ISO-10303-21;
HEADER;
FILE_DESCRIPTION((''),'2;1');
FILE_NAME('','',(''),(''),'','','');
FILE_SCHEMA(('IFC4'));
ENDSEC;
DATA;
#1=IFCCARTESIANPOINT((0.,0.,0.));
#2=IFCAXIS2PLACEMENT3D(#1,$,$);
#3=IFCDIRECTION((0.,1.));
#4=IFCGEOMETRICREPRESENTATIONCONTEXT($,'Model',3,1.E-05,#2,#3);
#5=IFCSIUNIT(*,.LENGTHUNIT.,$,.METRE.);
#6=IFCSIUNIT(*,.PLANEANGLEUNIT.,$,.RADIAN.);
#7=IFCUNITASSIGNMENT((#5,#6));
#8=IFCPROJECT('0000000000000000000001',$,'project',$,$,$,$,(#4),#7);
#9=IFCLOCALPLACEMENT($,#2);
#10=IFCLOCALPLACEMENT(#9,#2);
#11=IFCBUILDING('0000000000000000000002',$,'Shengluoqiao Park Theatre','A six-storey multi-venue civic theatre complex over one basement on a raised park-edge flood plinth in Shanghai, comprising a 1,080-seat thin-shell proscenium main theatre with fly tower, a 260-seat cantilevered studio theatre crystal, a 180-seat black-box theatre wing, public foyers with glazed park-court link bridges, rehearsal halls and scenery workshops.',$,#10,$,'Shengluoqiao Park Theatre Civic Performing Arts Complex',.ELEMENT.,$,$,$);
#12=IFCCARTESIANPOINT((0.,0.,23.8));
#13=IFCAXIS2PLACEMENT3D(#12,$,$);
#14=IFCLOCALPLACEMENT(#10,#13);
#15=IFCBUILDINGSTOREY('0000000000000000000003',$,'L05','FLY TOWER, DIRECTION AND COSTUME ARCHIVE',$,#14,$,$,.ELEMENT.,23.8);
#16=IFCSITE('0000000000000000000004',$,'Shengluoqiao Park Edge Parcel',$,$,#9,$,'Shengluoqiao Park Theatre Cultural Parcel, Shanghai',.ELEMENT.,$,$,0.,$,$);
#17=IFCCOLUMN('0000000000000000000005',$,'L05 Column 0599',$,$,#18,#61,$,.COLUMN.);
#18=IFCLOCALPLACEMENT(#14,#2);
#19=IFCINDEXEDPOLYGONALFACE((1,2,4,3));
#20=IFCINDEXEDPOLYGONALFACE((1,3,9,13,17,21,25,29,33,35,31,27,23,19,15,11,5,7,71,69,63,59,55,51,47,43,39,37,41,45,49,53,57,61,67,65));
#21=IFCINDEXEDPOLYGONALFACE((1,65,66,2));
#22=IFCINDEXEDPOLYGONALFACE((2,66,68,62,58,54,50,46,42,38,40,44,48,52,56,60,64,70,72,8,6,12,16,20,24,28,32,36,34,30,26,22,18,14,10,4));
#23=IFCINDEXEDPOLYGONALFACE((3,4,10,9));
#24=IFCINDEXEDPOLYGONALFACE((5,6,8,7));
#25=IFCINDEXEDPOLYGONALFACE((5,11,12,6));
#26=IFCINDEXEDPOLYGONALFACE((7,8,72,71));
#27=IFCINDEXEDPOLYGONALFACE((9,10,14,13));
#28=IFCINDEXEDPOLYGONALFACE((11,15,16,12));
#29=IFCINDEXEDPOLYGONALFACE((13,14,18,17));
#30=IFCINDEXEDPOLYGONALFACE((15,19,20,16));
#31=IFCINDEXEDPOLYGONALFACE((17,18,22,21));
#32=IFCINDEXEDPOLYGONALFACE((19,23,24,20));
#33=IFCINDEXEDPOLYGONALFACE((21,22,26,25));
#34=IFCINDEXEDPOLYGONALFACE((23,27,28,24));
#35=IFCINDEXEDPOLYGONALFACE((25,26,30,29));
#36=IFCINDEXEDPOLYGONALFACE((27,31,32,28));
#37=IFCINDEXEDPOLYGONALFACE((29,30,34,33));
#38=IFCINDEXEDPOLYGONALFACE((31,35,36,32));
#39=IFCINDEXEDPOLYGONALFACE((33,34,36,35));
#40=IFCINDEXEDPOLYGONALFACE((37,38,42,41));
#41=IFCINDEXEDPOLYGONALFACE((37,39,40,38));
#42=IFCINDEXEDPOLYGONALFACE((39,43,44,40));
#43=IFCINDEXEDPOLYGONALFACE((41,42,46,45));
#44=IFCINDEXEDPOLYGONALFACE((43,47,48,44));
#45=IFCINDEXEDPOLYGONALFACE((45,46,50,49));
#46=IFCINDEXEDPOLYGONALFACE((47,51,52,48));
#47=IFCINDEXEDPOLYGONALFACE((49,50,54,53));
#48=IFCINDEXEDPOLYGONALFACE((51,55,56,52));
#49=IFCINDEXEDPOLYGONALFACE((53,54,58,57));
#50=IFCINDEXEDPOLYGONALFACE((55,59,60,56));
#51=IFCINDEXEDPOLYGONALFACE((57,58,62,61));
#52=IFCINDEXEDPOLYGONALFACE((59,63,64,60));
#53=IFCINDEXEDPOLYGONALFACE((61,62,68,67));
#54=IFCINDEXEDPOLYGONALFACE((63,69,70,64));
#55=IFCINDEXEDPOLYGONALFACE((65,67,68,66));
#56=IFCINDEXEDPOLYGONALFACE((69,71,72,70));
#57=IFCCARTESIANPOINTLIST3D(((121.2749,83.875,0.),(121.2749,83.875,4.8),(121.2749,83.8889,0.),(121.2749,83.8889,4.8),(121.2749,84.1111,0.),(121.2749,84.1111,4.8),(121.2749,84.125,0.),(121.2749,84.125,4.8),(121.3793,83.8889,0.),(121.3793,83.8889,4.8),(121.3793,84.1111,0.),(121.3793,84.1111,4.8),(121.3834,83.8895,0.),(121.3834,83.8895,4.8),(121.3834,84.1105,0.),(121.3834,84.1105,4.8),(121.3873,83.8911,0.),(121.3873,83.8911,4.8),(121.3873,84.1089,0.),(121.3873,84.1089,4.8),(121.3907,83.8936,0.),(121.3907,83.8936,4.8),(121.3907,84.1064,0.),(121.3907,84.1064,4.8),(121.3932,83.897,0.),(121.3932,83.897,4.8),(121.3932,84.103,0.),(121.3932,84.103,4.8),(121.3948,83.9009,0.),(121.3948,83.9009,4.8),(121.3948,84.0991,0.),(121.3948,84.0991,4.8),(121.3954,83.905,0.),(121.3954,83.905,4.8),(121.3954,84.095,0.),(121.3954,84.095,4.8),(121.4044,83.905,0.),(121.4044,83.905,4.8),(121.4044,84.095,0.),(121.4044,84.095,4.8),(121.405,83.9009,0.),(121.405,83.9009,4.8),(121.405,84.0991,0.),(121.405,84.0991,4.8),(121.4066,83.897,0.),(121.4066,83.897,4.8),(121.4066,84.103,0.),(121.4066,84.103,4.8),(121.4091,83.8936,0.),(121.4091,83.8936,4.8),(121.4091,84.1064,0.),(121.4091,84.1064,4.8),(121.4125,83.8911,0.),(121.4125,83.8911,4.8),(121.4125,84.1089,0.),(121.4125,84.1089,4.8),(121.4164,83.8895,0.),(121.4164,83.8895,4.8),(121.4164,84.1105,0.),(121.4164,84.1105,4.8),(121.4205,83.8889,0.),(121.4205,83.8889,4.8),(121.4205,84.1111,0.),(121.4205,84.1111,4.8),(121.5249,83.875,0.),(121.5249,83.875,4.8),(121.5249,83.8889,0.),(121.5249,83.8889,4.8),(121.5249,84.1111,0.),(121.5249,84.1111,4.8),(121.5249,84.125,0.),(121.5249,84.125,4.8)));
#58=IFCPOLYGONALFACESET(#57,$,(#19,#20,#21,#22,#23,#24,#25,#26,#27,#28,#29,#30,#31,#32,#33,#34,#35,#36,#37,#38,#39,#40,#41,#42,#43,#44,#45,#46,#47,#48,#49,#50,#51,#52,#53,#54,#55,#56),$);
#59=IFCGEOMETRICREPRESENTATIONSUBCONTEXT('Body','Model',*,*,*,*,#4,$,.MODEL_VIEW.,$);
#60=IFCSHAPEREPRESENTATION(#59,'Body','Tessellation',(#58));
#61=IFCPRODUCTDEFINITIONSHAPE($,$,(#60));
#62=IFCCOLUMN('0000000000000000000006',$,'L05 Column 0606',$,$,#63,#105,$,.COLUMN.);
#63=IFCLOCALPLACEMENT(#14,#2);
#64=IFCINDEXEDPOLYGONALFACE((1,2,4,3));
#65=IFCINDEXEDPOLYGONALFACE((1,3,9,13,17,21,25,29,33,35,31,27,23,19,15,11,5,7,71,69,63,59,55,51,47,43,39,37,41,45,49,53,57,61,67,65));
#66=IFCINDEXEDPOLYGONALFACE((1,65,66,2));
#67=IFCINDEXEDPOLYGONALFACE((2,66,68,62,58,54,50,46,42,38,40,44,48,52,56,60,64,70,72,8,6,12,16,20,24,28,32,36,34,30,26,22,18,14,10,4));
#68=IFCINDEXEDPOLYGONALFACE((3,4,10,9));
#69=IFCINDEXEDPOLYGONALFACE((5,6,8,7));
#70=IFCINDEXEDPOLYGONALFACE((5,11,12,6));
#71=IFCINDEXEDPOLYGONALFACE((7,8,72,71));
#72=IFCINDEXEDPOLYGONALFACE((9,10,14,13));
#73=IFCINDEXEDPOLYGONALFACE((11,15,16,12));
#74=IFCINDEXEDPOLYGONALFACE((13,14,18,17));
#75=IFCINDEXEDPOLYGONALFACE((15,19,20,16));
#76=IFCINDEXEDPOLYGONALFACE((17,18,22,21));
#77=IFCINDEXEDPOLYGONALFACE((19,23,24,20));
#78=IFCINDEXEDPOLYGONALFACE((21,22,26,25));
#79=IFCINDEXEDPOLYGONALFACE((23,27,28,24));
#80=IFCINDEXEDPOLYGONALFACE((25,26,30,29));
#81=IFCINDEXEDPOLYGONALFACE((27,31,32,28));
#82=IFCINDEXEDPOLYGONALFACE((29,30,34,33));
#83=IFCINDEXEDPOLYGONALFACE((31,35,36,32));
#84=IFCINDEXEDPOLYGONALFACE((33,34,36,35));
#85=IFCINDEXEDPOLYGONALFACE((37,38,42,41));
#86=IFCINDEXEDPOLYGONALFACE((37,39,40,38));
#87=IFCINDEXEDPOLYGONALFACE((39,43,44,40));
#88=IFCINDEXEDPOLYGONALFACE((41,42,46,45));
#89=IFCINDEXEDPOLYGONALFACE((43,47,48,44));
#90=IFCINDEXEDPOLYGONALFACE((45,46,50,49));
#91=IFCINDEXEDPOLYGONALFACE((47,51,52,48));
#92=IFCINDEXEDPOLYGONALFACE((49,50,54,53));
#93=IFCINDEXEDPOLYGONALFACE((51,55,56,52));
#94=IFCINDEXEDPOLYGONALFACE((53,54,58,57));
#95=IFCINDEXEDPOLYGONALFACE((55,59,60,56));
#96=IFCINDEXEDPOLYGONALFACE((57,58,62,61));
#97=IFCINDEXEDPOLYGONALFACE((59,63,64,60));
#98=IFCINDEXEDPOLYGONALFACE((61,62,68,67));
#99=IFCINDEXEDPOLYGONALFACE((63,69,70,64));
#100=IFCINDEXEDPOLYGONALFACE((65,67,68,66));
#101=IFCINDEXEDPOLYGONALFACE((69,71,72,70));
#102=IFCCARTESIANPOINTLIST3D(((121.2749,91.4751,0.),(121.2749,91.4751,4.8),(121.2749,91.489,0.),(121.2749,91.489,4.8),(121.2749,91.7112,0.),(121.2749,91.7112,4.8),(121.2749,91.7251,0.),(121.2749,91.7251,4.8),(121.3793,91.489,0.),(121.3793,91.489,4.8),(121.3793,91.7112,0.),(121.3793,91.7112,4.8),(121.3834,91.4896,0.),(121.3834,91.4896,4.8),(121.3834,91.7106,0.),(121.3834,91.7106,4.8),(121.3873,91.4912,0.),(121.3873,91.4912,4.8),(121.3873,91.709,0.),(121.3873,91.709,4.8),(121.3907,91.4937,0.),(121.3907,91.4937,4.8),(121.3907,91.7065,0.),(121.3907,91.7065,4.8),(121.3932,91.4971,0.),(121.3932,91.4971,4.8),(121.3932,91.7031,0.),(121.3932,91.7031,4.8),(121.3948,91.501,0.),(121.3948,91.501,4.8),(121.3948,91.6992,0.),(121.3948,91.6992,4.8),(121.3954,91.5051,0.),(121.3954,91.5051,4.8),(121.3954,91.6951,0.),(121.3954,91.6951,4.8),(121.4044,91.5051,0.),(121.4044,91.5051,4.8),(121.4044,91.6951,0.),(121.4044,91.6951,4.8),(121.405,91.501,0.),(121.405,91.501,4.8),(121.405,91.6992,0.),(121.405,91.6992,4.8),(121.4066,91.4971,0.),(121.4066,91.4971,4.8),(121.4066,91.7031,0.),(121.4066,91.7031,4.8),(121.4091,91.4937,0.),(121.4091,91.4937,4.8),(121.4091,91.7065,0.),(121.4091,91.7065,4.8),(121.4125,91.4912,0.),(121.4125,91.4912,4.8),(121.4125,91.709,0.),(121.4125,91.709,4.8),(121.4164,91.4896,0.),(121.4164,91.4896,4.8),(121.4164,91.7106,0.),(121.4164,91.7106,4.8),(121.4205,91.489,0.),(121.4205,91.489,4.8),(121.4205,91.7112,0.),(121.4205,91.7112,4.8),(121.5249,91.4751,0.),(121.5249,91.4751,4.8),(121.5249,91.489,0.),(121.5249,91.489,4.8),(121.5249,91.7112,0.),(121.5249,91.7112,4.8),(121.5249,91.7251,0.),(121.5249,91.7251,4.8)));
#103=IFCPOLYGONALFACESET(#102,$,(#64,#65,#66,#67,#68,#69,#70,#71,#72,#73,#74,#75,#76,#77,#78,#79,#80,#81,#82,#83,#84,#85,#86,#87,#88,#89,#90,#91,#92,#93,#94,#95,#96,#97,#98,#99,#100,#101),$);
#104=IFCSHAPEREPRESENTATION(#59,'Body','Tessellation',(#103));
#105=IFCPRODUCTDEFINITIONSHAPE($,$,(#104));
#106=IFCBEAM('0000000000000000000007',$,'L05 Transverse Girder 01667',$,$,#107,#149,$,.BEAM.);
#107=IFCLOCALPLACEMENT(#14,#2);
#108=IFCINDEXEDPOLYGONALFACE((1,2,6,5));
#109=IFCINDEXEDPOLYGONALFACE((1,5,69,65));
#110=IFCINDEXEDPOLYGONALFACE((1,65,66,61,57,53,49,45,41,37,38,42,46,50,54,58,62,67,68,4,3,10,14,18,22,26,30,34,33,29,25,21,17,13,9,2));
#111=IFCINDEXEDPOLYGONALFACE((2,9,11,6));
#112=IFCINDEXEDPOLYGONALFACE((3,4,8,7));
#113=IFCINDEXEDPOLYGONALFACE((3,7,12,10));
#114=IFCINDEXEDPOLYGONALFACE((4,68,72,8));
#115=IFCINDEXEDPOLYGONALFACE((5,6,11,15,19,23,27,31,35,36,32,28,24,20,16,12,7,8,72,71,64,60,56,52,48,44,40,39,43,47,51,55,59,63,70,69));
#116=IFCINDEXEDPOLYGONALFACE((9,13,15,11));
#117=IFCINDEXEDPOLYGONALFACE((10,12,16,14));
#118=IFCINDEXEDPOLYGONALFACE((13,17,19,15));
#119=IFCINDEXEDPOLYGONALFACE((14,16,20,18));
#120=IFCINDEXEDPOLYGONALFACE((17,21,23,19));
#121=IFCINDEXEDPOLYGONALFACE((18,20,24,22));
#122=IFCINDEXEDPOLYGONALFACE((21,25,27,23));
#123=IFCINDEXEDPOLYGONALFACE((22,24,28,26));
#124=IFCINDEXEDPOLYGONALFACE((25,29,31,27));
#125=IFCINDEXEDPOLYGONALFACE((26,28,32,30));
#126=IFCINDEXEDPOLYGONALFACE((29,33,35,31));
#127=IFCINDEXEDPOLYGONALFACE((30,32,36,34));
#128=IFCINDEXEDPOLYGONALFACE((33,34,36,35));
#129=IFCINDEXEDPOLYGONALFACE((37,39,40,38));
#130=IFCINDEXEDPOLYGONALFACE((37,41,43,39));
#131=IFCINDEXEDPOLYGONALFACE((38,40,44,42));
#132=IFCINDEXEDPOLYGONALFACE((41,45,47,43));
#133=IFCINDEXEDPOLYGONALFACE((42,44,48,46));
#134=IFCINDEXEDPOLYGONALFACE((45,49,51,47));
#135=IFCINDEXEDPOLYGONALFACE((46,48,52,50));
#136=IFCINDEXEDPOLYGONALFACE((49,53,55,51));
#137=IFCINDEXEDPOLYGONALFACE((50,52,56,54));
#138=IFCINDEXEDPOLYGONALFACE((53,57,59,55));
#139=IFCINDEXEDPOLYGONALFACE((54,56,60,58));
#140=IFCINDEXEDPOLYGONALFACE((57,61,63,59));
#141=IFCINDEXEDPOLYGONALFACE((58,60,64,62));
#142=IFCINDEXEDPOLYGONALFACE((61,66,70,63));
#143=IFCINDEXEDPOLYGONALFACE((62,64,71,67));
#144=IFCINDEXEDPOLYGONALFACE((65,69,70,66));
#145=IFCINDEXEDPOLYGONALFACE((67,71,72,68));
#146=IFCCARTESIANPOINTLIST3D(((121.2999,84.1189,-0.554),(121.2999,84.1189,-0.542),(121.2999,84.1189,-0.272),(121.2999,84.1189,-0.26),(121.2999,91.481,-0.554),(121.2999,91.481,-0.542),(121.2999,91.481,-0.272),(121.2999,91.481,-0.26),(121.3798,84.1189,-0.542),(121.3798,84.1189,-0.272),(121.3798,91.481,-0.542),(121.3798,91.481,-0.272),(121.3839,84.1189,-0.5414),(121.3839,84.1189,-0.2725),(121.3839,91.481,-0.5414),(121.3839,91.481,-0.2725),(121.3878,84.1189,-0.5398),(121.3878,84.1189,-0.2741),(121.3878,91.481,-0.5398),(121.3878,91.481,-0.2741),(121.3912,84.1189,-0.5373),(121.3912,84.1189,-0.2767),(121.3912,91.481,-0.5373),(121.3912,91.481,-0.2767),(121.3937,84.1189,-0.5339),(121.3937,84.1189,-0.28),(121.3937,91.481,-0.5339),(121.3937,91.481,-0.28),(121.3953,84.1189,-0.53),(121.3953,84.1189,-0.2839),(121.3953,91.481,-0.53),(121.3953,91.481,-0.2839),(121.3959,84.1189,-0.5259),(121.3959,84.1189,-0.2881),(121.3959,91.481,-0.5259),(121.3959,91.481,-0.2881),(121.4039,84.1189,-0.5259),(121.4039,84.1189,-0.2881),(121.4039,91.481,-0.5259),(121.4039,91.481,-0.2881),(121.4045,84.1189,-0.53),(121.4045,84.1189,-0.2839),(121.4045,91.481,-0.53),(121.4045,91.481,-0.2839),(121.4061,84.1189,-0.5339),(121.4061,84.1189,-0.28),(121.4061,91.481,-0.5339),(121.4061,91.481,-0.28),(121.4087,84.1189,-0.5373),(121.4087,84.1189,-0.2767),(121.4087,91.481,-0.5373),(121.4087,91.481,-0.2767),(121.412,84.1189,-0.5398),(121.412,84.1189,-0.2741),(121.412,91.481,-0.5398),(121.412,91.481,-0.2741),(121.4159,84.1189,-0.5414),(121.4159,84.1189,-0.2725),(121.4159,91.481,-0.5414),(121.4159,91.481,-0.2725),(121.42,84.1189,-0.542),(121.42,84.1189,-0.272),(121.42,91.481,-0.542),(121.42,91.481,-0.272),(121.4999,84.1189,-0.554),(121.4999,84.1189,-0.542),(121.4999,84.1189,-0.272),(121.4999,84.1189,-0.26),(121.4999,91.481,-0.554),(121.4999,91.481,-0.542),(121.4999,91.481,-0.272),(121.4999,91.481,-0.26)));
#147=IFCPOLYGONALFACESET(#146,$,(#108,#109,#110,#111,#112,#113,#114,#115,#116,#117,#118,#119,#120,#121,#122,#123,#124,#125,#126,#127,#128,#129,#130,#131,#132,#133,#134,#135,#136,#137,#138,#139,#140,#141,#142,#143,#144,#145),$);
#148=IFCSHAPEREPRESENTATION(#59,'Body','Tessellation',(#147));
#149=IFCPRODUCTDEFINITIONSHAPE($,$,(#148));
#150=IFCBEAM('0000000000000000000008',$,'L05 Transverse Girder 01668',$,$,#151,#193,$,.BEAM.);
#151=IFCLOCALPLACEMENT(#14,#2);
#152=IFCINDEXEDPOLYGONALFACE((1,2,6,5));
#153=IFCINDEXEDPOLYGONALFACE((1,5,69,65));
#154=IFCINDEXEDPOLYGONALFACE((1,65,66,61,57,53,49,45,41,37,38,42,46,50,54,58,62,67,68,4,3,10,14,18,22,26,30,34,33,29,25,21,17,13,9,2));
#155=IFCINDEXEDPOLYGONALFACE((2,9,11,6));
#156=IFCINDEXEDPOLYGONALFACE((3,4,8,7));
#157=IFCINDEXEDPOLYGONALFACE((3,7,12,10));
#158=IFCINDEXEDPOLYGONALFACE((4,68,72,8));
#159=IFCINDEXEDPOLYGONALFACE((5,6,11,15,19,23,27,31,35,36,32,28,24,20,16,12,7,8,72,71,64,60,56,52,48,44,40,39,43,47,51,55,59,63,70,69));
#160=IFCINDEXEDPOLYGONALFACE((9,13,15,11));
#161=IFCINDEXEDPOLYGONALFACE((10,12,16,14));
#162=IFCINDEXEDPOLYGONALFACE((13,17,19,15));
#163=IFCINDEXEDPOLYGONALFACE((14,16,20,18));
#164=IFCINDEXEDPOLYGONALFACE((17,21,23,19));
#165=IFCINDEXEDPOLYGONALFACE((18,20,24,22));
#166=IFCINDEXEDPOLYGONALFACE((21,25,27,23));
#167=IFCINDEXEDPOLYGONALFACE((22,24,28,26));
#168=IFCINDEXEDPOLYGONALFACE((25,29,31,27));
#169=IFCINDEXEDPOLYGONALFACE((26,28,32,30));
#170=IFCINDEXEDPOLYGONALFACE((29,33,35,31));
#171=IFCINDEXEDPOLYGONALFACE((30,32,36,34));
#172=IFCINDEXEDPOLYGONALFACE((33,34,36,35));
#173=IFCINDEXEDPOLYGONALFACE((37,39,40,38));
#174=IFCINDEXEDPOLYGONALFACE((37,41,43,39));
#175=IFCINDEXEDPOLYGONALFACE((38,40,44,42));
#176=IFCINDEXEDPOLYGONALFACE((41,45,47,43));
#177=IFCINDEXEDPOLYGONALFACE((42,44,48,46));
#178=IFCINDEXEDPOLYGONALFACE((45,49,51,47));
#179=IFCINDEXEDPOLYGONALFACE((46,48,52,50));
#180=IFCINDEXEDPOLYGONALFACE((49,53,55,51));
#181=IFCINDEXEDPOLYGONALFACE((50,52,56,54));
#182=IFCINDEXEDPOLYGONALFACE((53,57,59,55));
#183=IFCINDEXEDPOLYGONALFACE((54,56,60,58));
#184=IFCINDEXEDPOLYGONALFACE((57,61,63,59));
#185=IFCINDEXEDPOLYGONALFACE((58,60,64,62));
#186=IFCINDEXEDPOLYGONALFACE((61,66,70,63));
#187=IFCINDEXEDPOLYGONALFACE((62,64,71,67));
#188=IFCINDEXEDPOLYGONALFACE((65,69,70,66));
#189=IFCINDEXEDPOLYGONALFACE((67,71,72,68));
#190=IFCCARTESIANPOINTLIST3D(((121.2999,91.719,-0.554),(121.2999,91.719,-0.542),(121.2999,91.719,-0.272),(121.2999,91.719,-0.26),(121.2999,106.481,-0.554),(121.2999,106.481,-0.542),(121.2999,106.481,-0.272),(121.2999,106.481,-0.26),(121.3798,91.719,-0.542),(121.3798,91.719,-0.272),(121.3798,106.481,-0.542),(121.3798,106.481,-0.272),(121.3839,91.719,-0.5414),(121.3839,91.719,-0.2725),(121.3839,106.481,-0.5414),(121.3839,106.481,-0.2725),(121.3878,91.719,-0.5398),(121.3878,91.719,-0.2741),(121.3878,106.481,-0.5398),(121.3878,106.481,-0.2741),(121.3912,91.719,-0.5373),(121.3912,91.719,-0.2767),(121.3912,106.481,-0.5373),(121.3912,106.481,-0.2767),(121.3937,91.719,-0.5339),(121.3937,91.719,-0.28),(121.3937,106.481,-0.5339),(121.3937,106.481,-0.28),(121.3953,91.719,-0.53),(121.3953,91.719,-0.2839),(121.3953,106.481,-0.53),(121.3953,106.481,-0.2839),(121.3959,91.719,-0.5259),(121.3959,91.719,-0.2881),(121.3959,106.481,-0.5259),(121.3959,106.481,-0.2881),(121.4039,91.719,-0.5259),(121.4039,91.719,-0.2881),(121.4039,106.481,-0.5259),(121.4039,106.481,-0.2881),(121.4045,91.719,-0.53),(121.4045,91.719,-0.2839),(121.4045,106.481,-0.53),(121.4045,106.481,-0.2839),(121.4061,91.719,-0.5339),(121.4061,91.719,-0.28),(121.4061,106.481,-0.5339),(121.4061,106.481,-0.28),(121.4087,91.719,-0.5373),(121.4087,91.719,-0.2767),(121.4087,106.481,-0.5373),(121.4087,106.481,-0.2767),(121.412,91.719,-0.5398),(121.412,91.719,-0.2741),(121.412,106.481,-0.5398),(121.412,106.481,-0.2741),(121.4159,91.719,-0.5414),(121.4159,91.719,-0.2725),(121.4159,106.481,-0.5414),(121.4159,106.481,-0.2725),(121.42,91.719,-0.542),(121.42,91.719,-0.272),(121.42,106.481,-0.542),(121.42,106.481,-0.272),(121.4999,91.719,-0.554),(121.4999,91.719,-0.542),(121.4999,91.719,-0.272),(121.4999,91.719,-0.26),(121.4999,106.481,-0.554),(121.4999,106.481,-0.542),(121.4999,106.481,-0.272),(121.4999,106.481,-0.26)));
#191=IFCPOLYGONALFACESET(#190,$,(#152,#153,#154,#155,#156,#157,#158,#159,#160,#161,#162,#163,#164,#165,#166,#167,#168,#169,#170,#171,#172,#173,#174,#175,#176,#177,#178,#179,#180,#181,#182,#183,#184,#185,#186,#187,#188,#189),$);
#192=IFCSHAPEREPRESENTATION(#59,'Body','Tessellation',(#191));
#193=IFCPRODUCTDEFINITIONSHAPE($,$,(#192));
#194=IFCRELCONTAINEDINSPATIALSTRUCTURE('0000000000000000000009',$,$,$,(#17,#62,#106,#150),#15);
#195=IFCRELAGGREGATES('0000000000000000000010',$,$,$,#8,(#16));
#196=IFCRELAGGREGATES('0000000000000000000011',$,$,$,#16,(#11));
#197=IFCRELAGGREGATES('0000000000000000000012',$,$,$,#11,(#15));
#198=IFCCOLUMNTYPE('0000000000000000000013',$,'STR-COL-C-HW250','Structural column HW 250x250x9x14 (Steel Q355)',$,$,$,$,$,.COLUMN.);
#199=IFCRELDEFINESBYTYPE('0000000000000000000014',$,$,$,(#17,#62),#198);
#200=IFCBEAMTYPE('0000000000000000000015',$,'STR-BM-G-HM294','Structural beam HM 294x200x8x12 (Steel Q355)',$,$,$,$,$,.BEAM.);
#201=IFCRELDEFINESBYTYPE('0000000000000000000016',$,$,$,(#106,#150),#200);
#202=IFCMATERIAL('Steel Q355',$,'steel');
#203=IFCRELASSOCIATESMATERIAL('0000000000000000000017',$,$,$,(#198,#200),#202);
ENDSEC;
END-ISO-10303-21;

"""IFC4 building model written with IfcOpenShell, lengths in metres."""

from ifc_helpers import new_model, si_unit, direction, frame, origin, origin_2d, place, context, subcontext, project, spatial, i_section, extrude, material, material_profile, profile_set, type_object, element, save


model = new_model("IFC4")

# Units and contexts
model_context = context("Model", 3, precision=1e-05, world=origin(), true_north=direction((0.0, 1.0)))
body_context = subcontext(model_context, "Body", "Model", "MODEL_VIEW")
ifc_project = project(units=[si_unit("LENGTHUNIT", "METRE"), si_unit("PLANEANGLEUNIT", "RADIAN")], contexts=[model_context])

# Site, building, storey
site_placement = place(None, origin())
site = spatial("IfcSite", under=ifc_project, at=site_placement, Name="Shengluoqiao Park Edge Parcel", LongName="Shengluoqiao Park Theatre Cultural Parcel, Shanghai", CompositionType="ELEMENT", RefElevation=0.0)
building_placement = place(site_placement, origin())
building = spatial("IfcBuilding", under=site, at=building_placement, Name="Shengluoqiao Park Theatre", Description="A six-storey multi-venue civic theatre complex over one basement on a raised park-edge flood plinth in Shanghai, comprising a 1,080-seat thin-shell proscenium main theatre with fly tower, a 260-seat cantilevered studio theatre crystal, a 180-seat black-box theatre wing, public foyers with glazed park-court link bridges, rehearsal halls and scenery workshops.", LongName="Shengluoqiao Park Theatre Civic Performing Arts Complex", CompositionType="ELEMENT")
storey_placement = place(building_placement, frame((0.0, 0.0, 23.8)))
storey = spatial("IfcBuildingStorey", under=building, at=storey_placement, Name="L05", Description="FLY TOWER, DIRECTION AND COSTUME ARCHIVE", CompositionType="ELEMENT", Elevation=23.8)

# Columns
ifc_material_1 = material(Name="Steel Q355", Category="steel")
ifc_material_profile_1 = material_profile(ifc_material_1, i_section(OverallWidth=0.25, OverallDepth=0.25, WebThickness=0.009, FlangeThickness=0.0139, FilletRadius=0.0161, at=origin_2d()), Name="HW 250x250x9x14")
ifc_profile_set_1 = profile_set([ifc_material_profile_1], Name="Steel Q355")
column_type = type_object("IfcColumnType", Name="STR-COL-C-HW250", Description="Structural column HW 250x250x9x14 (Steel Q355)", PredefinedType="COLUMN", material=ifc_profile_set_1)
for number, where, z_axis, x_axis, name in (
    (1, (121.3999, 84.0, 0.0), (0.0, 0.0, 1.0), (1.0, 0.0, 0.0), "L05 Column 0599"),
    (2, (121.3999, 91.6001, 0.0), (0.0, 0.0, 1.0), (1.0, 0.0, 0.0), "L05 Column 0606"),
):
    element("IfcColumn", number, at=place(storey_placement, frame(where, z_axis=z_axis, x_axis=x_axis)), inside=storey, type_object=column_type, Name=name, PredefinedType="COLUMN", context=body_context, shape_type="SweptSolid", body=[
        extrude(i_section(OverallWidth=0.25, OverallDepth=0.25, WebThickness=0.009, FlangeThickness=0.0139, FilletRadius=0.0161, at=origin_2d()), origin(), (0.0, 0.0, 1.0), 4.8),
    ])

# Beams
ifc_material_profile_2 = material_profile(ifc_material_1, i_section(OverallWidth=0.2, OverallDepth=0.2939, WebThickness=0.0081, FlangeThickness=0.012, FilletRadius=0.0161, at=origin_2d()), Name="HM 294x200x8x12")
ifc_profile_set_2 = profile_set([ifc_material_profile_2], Name="Steel Q355")
beam_type_1 = type_object("IfcBeamType", Name="STR-BM-G-HM294", Description="Structural beam HM 294x200x8x12 (Steel Q355)", PredefinedType="BEAM", material=ifc_profile_set_2)
beam_1_placement = place(storey_placement, frame((121.3999, 84.1189, -0.407), z_axis=(0.0, 1.0, 0.0), x_axis=(-1.0, 0.0, 0.0)))
element("IfcBeam", 3, at=beam_1_placement, inside=storey, type_object=beam_type_1, Name="L05 Transverse Girder 01667", PredefinedType="BEAM", context=body_context, shape_type="SweptSolid", body=[
    extrude(i_section(OverallWidth=0.2, OverallDepth=0.2939, WebThickness=0.0081, FlangeThickness=0.012, FilletRadius=0.0161, at=origin_2d()), origin(), (0.0, 0.0, 1.0), 7.3621),
])
beam_2_placement = place(storey_placement, frame((121.3999, 91.719, -0.407), z_axis=(0.0, 1.0, 0.0), x_axis=(-1.0, 0.0, 0.0)))
element("IfcBeam", 4, at=beam_2_placement, inside=storey, type_object=beam_type_1, Name="L05 Transverse Girder 01668", PredefinedType="BEAM", context=body_context, shape_type="SweptSolid", body=[
    extrude(i_section(OverallWidth=0.2, OverallDepth=0.2939, WebThickness=0.0081, FlangeThickness=0.012, FilletRadius=0.0161, at=origin_2d()), origin(), (0.0, 0.0, 1.0), 14.762),
])

save(model, "model.ifc")
